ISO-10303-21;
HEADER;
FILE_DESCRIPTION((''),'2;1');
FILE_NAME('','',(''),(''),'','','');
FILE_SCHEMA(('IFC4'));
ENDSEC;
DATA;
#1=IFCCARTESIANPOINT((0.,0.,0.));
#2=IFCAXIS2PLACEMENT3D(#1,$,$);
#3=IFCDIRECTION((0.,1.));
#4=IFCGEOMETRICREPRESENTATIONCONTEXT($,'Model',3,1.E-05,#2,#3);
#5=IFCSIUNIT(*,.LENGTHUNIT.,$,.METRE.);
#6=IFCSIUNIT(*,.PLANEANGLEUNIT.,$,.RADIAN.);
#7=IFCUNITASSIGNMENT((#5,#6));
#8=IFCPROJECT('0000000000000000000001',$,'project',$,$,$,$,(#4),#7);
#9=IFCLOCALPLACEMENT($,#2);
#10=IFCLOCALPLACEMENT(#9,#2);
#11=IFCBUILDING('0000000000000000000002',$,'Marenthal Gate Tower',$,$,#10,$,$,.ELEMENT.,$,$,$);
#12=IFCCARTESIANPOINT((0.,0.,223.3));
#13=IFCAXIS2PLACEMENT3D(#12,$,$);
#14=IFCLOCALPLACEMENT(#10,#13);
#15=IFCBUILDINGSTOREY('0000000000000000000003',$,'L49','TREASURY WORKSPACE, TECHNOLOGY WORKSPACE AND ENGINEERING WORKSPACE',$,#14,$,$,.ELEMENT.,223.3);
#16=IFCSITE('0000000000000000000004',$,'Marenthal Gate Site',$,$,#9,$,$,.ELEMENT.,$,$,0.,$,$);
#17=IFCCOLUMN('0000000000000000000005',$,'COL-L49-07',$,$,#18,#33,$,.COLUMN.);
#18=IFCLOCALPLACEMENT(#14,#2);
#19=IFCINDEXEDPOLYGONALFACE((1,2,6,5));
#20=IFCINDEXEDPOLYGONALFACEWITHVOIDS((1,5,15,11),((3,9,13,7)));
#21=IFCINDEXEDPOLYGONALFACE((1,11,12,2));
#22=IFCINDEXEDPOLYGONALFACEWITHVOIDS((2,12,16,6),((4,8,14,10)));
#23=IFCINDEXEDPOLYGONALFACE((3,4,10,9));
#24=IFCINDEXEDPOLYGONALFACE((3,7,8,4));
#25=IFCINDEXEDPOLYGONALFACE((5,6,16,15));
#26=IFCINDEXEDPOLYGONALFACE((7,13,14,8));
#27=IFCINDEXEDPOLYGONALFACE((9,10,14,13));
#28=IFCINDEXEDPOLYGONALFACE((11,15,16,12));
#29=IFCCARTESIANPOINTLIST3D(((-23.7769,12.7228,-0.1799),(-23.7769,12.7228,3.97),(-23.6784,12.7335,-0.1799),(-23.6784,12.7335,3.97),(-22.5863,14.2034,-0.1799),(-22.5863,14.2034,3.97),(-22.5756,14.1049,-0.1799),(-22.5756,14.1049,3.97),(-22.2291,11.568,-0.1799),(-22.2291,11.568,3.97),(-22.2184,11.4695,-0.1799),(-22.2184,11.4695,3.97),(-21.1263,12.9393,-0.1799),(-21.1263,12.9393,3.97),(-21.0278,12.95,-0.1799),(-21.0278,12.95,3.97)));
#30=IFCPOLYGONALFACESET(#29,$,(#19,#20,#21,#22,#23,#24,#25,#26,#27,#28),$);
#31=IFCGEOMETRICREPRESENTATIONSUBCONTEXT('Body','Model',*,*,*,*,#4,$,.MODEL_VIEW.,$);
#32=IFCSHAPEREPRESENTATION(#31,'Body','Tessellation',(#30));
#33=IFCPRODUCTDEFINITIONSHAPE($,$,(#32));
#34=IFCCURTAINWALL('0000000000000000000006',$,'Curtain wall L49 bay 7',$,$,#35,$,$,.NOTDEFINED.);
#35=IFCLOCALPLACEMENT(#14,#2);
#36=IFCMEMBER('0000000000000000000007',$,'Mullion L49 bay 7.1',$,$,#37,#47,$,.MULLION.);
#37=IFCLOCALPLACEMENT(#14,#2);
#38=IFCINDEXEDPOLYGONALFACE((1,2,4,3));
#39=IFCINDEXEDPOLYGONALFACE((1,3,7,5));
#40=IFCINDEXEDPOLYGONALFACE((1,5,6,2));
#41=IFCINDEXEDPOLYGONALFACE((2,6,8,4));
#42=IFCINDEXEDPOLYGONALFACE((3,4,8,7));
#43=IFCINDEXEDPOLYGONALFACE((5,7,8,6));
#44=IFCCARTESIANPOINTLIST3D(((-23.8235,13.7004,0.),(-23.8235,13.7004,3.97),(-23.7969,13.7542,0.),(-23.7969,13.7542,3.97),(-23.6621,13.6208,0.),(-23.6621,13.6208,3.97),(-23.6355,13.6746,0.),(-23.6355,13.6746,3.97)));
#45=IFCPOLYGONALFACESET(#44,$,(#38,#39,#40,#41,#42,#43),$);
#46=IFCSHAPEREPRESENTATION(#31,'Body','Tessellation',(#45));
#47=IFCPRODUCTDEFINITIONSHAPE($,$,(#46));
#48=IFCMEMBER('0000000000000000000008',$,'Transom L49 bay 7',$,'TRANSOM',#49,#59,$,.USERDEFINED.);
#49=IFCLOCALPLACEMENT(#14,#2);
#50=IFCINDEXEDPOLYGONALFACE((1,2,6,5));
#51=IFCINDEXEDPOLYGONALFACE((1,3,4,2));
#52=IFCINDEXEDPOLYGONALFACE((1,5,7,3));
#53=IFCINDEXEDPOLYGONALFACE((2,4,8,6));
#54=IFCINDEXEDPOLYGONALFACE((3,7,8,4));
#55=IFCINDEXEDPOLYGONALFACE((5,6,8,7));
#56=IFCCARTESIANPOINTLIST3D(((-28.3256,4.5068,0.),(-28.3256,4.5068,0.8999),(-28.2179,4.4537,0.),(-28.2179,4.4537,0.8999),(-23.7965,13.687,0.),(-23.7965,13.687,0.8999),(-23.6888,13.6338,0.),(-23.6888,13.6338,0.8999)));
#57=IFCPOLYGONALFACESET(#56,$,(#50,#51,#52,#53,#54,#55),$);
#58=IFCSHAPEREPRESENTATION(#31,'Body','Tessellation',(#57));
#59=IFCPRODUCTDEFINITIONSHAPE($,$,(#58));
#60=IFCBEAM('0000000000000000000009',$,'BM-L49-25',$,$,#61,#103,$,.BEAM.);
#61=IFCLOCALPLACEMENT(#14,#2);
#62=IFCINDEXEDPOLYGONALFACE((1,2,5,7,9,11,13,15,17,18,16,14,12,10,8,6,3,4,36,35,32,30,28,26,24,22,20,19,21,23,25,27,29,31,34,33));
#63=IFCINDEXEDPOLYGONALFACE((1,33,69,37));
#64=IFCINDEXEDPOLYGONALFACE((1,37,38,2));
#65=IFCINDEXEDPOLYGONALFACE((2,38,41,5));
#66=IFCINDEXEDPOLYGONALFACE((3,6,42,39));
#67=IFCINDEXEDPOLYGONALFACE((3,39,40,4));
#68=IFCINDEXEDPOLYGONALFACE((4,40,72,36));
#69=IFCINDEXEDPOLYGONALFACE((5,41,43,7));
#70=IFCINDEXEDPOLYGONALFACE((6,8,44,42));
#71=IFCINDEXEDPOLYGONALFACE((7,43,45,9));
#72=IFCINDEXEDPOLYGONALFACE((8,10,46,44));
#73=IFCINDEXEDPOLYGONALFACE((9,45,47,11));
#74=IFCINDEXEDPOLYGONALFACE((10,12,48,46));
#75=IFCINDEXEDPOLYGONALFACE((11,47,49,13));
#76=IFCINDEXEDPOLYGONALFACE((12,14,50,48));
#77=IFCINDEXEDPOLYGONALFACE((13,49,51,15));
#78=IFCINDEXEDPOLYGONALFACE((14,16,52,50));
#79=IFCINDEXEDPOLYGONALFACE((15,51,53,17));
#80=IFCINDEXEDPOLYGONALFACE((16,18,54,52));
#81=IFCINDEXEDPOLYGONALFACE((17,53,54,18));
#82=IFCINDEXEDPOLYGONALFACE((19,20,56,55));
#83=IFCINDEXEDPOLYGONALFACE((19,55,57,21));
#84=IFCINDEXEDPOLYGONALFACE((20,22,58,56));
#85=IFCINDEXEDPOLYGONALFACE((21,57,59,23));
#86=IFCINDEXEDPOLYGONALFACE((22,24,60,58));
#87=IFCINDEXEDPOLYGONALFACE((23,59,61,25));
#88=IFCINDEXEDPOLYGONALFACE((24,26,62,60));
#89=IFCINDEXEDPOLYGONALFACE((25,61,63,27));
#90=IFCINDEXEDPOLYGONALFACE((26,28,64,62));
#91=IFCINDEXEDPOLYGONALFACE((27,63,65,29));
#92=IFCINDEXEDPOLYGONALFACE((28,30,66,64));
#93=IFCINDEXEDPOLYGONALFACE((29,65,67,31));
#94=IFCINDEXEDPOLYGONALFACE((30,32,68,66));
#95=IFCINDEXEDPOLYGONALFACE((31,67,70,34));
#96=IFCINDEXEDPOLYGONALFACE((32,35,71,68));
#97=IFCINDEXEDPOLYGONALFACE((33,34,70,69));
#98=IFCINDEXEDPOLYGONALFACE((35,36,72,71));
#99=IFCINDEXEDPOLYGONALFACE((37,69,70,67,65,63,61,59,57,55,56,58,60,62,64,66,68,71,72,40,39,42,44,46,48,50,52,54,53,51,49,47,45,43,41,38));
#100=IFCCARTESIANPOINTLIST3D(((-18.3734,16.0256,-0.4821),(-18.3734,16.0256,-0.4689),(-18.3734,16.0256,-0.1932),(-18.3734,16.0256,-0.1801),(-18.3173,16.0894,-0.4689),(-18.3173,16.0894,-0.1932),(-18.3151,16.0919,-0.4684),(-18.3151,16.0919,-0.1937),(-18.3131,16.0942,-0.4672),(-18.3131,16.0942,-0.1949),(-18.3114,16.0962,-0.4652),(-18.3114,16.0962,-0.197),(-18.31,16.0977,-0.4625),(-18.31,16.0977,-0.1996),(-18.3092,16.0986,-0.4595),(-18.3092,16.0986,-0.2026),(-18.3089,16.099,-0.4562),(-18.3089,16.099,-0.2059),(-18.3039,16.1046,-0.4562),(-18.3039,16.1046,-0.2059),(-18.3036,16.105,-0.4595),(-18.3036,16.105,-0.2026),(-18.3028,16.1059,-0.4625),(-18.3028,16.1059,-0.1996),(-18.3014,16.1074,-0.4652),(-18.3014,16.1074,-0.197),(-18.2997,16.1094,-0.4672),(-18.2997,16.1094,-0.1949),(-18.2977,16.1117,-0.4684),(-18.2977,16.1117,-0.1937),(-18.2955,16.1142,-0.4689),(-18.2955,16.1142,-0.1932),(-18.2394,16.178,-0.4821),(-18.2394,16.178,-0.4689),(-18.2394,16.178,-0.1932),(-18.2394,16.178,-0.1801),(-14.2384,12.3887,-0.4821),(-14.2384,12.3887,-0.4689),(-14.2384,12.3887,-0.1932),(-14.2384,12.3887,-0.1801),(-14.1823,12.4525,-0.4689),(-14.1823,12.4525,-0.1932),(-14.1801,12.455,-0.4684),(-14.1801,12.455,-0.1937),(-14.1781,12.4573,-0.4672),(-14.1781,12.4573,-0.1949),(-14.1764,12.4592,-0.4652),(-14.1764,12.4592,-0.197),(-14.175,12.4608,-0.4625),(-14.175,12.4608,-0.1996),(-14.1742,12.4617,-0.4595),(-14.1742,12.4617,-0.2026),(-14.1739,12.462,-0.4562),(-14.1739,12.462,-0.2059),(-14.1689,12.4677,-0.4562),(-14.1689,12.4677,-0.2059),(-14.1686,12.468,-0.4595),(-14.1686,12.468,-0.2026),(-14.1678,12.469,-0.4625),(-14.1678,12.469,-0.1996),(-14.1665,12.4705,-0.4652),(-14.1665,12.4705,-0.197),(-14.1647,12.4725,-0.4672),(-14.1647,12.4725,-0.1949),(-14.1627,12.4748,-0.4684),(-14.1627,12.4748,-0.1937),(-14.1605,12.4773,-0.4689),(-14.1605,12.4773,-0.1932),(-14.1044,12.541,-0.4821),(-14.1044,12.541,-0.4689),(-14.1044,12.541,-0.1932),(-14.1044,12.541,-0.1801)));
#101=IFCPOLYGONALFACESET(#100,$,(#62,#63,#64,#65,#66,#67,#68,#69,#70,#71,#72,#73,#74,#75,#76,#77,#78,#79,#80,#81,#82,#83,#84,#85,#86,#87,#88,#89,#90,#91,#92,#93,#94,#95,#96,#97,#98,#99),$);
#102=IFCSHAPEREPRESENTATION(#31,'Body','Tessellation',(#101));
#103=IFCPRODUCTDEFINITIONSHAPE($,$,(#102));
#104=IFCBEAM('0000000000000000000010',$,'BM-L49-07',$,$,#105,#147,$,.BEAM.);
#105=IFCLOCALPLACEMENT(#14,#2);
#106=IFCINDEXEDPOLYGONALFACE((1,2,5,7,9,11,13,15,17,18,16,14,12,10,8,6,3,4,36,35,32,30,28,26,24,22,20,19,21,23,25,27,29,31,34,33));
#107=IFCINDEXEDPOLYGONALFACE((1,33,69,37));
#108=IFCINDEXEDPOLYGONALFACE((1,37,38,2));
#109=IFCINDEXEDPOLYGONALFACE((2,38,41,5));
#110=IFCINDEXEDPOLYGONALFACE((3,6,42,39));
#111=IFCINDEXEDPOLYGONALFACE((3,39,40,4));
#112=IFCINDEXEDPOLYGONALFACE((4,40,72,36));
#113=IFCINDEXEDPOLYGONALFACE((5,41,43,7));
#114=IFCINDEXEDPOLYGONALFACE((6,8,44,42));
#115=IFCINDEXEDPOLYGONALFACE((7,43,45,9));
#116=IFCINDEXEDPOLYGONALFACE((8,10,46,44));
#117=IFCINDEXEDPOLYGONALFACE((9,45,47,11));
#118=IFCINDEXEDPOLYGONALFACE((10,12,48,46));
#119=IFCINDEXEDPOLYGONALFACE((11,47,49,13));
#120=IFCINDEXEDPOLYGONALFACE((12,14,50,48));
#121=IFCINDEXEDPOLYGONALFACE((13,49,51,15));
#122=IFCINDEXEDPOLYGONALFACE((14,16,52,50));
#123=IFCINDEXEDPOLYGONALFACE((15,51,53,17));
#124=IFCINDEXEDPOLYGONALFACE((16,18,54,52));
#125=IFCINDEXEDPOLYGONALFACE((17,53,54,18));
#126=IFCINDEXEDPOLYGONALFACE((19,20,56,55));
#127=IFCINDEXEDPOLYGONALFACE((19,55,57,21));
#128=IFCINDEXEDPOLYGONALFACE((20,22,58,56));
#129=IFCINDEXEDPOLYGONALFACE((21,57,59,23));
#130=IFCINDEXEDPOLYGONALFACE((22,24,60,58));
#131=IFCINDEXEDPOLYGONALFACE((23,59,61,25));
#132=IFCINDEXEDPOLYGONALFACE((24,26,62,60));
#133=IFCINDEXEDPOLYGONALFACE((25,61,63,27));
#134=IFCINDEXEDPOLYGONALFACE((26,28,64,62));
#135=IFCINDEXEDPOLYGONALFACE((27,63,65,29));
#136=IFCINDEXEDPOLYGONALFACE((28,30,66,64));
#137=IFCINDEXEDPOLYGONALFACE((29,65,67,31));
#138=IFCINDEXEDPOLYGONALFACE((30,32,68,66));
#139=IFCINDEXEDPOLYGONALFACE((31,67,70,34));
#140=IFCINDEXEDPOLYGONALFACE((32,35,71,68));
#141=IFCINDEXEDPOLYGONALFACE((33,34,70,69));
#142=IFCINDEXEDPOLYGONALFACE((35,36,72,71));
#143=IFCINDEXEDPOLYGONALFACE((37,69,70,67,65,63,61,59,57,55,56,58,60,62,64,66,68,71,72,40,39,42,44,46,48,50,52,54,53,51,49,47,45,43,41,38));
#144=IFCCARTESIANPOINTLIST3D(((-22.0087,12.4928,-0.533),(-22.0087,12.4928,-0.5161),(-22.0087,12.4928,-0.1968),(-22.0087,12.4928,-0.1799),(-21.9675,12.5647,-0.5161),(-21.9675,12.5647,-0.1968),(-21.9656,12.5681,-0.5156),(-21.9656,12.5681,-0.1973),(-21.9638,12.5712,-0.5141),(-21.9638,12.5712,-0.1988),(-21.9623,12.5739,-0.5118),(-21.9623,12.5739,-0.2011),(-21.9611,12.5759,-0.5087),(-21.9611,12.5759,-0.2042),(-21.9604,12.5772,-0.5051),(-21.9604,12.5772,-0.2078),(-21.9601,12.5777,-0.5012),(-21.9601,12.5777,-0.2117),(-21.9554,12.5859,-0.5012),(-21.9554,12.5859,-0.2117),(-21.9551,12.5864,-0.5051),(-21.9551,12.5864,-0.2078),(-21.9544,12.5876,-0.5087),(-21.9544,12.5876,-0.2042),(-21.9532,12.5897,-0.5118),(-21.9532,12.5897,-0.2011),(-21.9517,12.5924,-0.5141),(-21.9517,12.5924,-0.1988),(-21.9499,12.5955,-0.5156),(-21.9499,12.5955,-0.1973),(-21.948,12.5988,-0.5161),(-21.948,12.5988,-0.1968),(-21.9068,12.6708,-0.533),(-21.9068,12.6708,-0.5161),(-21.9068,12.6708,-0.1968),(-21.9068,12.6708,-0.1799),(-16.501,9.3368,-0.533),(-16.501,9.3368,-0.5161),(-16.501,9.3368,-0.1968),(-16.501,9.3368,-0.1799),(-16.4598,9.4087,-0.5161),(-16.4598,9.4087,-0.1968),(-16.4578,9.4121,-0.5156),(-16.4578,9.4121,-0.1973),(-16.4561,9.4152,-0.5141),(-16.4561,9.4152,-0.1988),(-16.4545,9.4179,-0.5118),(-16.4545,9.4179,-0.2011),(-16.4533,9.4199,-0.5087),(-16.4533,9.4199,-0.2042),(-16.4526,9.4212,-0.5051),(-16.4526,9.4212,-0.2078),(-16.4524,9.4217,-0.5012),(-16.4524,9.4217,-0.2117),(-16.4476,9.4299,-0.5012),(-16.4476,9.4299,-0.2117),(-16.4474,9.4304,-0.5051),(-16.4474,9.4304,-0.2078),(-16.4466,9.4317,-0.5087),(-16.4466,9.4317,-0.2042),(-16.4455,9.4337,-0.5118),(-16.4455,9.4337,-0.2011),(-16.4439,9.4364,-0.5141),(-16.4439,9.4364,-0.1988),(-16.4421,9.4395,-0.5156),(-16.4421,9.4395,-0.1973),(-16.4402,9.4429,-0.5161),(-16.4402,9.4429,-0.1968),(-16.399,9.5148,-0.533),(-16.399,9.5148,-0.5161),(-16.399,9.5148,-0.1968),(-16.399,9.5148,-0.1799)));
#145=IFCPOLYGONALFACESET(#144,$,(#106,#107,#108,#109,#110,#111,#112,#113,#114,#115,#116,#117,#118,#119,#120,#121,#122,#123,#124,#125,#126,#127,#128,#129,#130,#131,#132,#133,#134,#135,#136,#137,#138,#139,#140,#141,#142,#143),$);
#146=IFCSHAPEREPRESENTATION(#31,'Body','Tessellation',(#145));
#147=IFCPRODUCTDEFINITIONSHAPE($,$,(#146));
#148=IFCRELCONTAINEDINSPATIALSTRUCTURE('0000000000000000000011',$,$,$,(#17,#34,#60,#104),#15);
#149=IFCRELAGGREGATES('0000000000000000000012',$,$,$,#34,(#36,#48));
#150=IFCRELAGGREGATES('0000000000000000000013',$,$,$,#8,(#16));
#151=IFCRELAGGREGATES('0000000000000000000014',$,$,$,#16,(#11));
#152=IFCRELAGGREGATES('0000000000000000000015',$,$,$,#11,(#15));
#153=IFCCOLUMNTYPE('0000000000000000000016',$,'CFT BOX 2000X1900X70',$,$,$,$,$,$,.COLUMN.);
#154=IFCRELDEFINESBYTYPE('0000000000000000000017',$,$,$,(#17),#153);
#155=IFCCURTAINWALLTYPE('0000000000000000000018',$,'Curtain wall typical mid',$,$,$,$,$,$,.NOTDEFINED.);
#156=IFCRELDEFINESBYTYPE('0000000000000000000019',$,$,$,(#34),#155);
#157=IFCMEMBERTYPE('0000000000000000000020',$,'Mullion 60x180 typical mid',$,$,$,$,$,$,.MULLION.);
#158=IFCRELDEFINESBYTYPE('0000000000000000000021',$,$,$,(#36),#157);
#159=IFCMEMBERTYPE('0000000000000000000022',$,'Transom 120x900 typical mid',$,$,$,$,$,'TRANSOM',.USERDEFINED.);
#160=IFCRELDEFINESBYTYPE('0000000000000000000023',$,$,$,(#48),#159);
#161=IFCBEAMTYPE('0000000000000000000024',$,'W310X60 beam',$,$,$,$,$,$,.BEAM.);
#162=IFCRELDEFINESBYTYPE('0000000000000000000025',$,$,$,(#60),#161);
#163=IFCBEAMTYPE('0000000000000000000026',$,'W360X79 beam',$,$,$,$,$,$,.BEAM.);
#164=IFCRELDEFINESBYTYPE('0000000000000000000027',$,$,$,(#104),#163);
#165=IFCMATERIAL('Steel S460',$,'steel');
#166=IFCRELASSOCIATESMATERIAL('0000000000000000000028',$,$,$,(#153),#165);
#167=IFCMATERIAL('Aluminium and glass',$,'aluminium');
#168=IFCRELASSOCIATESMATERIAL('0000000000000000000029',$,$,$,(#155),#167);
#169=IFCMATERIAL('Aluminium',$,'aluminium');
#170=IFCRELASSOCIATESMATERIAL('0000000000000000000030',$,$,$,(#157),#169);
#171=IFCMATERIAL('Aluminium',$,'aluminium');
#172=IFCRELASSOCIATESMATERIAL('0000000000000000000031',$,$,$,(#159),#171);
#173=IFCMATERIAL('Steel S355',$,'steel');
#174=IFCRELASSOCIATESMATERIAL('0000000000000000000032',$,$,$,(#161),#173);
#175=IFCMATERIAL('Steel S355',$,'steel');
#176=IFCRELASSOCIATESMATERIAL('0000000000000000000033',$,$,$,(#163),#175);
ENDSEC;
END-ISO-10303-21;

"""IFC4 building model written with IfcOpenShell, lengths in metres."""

from ifc_helpers import new_model, si_unit, direction, frame, origin, origin_2d, place, context, subcontext, project, spatial, rectangle, hollow_rectangle, i_section, extrude, material, material_profile, profile_set, type_object, element, aggregate, save


model = new_model("IFC4")

# Units and contexts
model_context = context("Model", 3, precision=1e-05, world=origin(), true_north=direction((0.0, 1.0)))
body_context = subcontext(model_context, "Body", "Model", "MODEL_VIEW")
ifc_project = project(units=[si_unit("LENGTHUNIT", "METRE"), si_unit("PLANEANGLEUNIT", "RADIAN")], contexts=[model_context])

# Site, building, storey
site_placement = place(None, origin())
site = spatial("IfcSite", under=ifc_project, at=site_placement, Name="Marenthal Gate Site", CompositionType="ELEMENT", RefElevation=0.0)
building_placement = place(site_placement, origin())
building = spatial("IfcBuilding", under=site, at=building_placement, Name="Marenthal Gate Tower", CompositionType="ELEMENT")
storey_placement = place(building_placement, frame((0.0, 0.0, 223.3)))
storey = spatial("IfcBuildingStorey", under=building, at=storey_placement, Name="L49", Description="TREASURY WORKSPACE, TECHNOLOGY WORKSPACE AND ENGINEERING WORKSPACE", CompositionType="ELEMENT", Elevation=223.3)

# Column
ifc_material_1 = material(Name="Steel S460", Category="steel")
ifc_material_profile_1 = material_profile(ifc_material_1, hollow_rectangle(XDim=1.8999, YDim=2.0, WallThickness=0.0701, at=origin_2d()), Name="CFT BOX 2000X1900X70")
ifc_material_2 = material(Name="Concrete 70 MPa", Category="concrete")
ifc_material_profile_2 = material_profile(ifc_material_2, rectangle(XDim=1.76, YDim=1.8601, at=origin_2d()), Name="CFT BOX 2000X1900X70 INFILL")
ifc_profile_set_1 = profile_set([ifc_material_profile_1, ifc_material_profile_2], Name="Steel S460 shell, Concrete 70 MPa infill")
column_type = type_object("IfcColumnType", Name="CFT BOX 2000X1900X70", PredefinedType="COLUMN", material=ifc_profile_set_1)
column_placement = place(storey_placement, frame((-22.4023, 12.8364, -0.1799), z_axis=(0.0, 0.0, 1.0), x_axis=(0.626684, 0.779273, 0.0)))
element("IfcColumn", 1, at=column_placement, inside=storey, type_object=column_type, Name="COL-L49-07", PredefinedType="COLUMN", context=body_context, shape_type="SweptSolid", body=[
    extrude(hollow_rectangle(XDim=1.8999, YDim=2.0, WallThickness=0.0701, at=origin_2d()), origin(), (0.0, 0.0, 1.0), 4.1499),
])

# Curtain wall, members
ifc_material_3 = material(Name="Aluminium and glass", Category="aluminium")
curtain_wall_type = type_object("IfcCurtainWallType", Name="Curtain wall typical mid", PredefinedType="NOTDEFINED", material=ifc_material_3)
curtain_wall_placement = place(storey_placement, origin())
curtain_wall = element("IfcCurtainWall", 2, at=curtain_wall_placement, inside=storey, type_object=curtain_wall_type, Name="Curtain wall L49 bay 7", PredefinedType="NOTDEFINED")
ifc_material_4 = material(Name="Aluminium", Category="aluminium")
ifc_material_profile_3 = material_profile(ifc_material_4, rectangle(XDim=0.1799, YDim=0.0601, at=origin_2d()), Name="60x180 aluminium mullion")
ifc_profile_set_2 = profile_set([ifc_material_profile_3], Name="Aluminium")
member_type_1 = type_object("IfcMemberType", Name="Mullion 60x180 typical mid", PredefinedType="MULLION", material=ifc_profile_set_2)
member_1_placement = place(storey_placement, frame((-23.7295, 13.6875, 0.0), z_axis=(0.0, 0.0, 1.0), x_axis=(0.896798, -0.442441, 0.0)))
member_1 = element("IfcMember", 3, at=member_1_placement, type_object=member_type_1, Name="Mullion L49 bay 7.1", PredefinedType="MULLION", context=body_context, shape_type="SweptSolid", body=[
    extrude(rectangle(XDim=0.1799, YDim=0.0601, at=origin_2d()), origin(), (0.0, 0.0, 1.0), 3.97),
])
ifc_material_5 = material(Name="Aluminium", Category="aluminium")
ifc_material_profile_4 = material_profile(ifc_material_5, rectangle(XDim=0.1201, YDim=0.8999, at=origin_2d()), Name="120x900 aluminium transom")
ifc_profile_set_3 = profile_set([ifc_material_profile_4], Name="Aluminium")
member_type_2 = type_object("IfcMemberType", Name="Transom 120x900 typical mid", ElementType="TRANSOM", PredefinedType="USERDEFINED", material=ifc_profile_set_3)
member_2_placement = place(storey_placement, frame((-23.7427, 13.6604, 0.45), z_axis=(-0.442437, -0.896799, 0.0), x_axis=(0.896799, -0.442437, 0.0)))
member_2 = element("IfcMember", 4, at=member_2_placement, type_object=member_type_2, Name="Transom L49 bay 7", ObjectType="TRANSOM", PredefinedType="USERDEFINED", context=body_context, shape_type="SweptSolid", body=[
    extrude(rectangle(XDim=0.1201, YDim=0.8999, at=origin_2d()), origin(), (0.0, 0.0, 1.0), 10.2366),
])

# Beams
ifc_material_6 = material(Name="Steel S355", Category="steel")
ifc_material_profile_5 = material_profile(ifc_material_6, i_section(OverallWidth=0.2029, OverallDepth=0.302, WebThickness=0.0076, FlangeThickness=0.0132, FilletRadius=0.0127, at=origin_2d()), Name="W310X60")
ifc_profile_set_4 = profile_set([ifc_material_profile_5], Name="Steel S355")
beam_type_1 = type_object("IfcBeamType", Name="W310X60 beam", PredefinedType="BEAM", material=ifc_profile_set_4)
beam_1_placement = place(storey_placement, frame((-18.3064, 16.1018, -0.3311), z_axis=(0.75088, -0.660439, 0.0), x_axis=(0.660439, 0.75088, 0.0)))
element("IfcBeam", 5, at=beam_1_placement, inside=storey, type_object=beam_type_1, Name="BM-L49-25", PredefinedType="BEAM", context=body_context, shape_type="SweptSolid", body=[
    extrude(i_section(OverallWidth=0.2029, OverallDepth=0.302, WebThickness=0.0076, FlangeThickness=0.0132, FilletRadius=0.0127, at=origin_2d()), origin(), (0.0, 0.0, 1.0), 5.5068),
])
ifc_material_7 = material(Name="Steel S355", Category="steel")
ifc_material_profile_6 = material_profile(ifc_material_7, i_section(OverallWidth=0.2051, OverallDepth=0.353, WebThickness=0.0095, FlangeThickness=0.0168, FilletRadius=0.0149, at=origin_2d()), Name="W360X79")
ifc_profile_set_5 = profile_set([ifc_material_profile_6], Name="Steel S355")
beam_type_2 = type_object("IfcBeamType", Name="W360X79 beam", PredefinedType="BEAM", material=ifc_profile_set_5)
beam_2_placement = place(storey_placement, frame((-21.9578, 12.5818, -0.3564), z_axis=(0.867653, -0.49717, 0.0), x_axis=(0.49717, 0.867653, 0.0)))
element("IfcBeam", 6, at=beam_2_placement, inside=storey, type_object=beam_type_2, Name="BM-L49-07", PredefinedType="BEAM", context=body_context, shape_type="SweptSolid", body=[
    extrude(i_section(OverallWidth=0.2051, OverallDepth=0.353, WebThickness=0.0095, FlangeThickness=0.0168, FilletRadius=0.0149, at=origin_2d()), origin(), (0.0, 0.0, 1.0), 6.3479),
])

aggregate(curtain_wall, [member_1, member_2])

save(model, "model.ifc")
